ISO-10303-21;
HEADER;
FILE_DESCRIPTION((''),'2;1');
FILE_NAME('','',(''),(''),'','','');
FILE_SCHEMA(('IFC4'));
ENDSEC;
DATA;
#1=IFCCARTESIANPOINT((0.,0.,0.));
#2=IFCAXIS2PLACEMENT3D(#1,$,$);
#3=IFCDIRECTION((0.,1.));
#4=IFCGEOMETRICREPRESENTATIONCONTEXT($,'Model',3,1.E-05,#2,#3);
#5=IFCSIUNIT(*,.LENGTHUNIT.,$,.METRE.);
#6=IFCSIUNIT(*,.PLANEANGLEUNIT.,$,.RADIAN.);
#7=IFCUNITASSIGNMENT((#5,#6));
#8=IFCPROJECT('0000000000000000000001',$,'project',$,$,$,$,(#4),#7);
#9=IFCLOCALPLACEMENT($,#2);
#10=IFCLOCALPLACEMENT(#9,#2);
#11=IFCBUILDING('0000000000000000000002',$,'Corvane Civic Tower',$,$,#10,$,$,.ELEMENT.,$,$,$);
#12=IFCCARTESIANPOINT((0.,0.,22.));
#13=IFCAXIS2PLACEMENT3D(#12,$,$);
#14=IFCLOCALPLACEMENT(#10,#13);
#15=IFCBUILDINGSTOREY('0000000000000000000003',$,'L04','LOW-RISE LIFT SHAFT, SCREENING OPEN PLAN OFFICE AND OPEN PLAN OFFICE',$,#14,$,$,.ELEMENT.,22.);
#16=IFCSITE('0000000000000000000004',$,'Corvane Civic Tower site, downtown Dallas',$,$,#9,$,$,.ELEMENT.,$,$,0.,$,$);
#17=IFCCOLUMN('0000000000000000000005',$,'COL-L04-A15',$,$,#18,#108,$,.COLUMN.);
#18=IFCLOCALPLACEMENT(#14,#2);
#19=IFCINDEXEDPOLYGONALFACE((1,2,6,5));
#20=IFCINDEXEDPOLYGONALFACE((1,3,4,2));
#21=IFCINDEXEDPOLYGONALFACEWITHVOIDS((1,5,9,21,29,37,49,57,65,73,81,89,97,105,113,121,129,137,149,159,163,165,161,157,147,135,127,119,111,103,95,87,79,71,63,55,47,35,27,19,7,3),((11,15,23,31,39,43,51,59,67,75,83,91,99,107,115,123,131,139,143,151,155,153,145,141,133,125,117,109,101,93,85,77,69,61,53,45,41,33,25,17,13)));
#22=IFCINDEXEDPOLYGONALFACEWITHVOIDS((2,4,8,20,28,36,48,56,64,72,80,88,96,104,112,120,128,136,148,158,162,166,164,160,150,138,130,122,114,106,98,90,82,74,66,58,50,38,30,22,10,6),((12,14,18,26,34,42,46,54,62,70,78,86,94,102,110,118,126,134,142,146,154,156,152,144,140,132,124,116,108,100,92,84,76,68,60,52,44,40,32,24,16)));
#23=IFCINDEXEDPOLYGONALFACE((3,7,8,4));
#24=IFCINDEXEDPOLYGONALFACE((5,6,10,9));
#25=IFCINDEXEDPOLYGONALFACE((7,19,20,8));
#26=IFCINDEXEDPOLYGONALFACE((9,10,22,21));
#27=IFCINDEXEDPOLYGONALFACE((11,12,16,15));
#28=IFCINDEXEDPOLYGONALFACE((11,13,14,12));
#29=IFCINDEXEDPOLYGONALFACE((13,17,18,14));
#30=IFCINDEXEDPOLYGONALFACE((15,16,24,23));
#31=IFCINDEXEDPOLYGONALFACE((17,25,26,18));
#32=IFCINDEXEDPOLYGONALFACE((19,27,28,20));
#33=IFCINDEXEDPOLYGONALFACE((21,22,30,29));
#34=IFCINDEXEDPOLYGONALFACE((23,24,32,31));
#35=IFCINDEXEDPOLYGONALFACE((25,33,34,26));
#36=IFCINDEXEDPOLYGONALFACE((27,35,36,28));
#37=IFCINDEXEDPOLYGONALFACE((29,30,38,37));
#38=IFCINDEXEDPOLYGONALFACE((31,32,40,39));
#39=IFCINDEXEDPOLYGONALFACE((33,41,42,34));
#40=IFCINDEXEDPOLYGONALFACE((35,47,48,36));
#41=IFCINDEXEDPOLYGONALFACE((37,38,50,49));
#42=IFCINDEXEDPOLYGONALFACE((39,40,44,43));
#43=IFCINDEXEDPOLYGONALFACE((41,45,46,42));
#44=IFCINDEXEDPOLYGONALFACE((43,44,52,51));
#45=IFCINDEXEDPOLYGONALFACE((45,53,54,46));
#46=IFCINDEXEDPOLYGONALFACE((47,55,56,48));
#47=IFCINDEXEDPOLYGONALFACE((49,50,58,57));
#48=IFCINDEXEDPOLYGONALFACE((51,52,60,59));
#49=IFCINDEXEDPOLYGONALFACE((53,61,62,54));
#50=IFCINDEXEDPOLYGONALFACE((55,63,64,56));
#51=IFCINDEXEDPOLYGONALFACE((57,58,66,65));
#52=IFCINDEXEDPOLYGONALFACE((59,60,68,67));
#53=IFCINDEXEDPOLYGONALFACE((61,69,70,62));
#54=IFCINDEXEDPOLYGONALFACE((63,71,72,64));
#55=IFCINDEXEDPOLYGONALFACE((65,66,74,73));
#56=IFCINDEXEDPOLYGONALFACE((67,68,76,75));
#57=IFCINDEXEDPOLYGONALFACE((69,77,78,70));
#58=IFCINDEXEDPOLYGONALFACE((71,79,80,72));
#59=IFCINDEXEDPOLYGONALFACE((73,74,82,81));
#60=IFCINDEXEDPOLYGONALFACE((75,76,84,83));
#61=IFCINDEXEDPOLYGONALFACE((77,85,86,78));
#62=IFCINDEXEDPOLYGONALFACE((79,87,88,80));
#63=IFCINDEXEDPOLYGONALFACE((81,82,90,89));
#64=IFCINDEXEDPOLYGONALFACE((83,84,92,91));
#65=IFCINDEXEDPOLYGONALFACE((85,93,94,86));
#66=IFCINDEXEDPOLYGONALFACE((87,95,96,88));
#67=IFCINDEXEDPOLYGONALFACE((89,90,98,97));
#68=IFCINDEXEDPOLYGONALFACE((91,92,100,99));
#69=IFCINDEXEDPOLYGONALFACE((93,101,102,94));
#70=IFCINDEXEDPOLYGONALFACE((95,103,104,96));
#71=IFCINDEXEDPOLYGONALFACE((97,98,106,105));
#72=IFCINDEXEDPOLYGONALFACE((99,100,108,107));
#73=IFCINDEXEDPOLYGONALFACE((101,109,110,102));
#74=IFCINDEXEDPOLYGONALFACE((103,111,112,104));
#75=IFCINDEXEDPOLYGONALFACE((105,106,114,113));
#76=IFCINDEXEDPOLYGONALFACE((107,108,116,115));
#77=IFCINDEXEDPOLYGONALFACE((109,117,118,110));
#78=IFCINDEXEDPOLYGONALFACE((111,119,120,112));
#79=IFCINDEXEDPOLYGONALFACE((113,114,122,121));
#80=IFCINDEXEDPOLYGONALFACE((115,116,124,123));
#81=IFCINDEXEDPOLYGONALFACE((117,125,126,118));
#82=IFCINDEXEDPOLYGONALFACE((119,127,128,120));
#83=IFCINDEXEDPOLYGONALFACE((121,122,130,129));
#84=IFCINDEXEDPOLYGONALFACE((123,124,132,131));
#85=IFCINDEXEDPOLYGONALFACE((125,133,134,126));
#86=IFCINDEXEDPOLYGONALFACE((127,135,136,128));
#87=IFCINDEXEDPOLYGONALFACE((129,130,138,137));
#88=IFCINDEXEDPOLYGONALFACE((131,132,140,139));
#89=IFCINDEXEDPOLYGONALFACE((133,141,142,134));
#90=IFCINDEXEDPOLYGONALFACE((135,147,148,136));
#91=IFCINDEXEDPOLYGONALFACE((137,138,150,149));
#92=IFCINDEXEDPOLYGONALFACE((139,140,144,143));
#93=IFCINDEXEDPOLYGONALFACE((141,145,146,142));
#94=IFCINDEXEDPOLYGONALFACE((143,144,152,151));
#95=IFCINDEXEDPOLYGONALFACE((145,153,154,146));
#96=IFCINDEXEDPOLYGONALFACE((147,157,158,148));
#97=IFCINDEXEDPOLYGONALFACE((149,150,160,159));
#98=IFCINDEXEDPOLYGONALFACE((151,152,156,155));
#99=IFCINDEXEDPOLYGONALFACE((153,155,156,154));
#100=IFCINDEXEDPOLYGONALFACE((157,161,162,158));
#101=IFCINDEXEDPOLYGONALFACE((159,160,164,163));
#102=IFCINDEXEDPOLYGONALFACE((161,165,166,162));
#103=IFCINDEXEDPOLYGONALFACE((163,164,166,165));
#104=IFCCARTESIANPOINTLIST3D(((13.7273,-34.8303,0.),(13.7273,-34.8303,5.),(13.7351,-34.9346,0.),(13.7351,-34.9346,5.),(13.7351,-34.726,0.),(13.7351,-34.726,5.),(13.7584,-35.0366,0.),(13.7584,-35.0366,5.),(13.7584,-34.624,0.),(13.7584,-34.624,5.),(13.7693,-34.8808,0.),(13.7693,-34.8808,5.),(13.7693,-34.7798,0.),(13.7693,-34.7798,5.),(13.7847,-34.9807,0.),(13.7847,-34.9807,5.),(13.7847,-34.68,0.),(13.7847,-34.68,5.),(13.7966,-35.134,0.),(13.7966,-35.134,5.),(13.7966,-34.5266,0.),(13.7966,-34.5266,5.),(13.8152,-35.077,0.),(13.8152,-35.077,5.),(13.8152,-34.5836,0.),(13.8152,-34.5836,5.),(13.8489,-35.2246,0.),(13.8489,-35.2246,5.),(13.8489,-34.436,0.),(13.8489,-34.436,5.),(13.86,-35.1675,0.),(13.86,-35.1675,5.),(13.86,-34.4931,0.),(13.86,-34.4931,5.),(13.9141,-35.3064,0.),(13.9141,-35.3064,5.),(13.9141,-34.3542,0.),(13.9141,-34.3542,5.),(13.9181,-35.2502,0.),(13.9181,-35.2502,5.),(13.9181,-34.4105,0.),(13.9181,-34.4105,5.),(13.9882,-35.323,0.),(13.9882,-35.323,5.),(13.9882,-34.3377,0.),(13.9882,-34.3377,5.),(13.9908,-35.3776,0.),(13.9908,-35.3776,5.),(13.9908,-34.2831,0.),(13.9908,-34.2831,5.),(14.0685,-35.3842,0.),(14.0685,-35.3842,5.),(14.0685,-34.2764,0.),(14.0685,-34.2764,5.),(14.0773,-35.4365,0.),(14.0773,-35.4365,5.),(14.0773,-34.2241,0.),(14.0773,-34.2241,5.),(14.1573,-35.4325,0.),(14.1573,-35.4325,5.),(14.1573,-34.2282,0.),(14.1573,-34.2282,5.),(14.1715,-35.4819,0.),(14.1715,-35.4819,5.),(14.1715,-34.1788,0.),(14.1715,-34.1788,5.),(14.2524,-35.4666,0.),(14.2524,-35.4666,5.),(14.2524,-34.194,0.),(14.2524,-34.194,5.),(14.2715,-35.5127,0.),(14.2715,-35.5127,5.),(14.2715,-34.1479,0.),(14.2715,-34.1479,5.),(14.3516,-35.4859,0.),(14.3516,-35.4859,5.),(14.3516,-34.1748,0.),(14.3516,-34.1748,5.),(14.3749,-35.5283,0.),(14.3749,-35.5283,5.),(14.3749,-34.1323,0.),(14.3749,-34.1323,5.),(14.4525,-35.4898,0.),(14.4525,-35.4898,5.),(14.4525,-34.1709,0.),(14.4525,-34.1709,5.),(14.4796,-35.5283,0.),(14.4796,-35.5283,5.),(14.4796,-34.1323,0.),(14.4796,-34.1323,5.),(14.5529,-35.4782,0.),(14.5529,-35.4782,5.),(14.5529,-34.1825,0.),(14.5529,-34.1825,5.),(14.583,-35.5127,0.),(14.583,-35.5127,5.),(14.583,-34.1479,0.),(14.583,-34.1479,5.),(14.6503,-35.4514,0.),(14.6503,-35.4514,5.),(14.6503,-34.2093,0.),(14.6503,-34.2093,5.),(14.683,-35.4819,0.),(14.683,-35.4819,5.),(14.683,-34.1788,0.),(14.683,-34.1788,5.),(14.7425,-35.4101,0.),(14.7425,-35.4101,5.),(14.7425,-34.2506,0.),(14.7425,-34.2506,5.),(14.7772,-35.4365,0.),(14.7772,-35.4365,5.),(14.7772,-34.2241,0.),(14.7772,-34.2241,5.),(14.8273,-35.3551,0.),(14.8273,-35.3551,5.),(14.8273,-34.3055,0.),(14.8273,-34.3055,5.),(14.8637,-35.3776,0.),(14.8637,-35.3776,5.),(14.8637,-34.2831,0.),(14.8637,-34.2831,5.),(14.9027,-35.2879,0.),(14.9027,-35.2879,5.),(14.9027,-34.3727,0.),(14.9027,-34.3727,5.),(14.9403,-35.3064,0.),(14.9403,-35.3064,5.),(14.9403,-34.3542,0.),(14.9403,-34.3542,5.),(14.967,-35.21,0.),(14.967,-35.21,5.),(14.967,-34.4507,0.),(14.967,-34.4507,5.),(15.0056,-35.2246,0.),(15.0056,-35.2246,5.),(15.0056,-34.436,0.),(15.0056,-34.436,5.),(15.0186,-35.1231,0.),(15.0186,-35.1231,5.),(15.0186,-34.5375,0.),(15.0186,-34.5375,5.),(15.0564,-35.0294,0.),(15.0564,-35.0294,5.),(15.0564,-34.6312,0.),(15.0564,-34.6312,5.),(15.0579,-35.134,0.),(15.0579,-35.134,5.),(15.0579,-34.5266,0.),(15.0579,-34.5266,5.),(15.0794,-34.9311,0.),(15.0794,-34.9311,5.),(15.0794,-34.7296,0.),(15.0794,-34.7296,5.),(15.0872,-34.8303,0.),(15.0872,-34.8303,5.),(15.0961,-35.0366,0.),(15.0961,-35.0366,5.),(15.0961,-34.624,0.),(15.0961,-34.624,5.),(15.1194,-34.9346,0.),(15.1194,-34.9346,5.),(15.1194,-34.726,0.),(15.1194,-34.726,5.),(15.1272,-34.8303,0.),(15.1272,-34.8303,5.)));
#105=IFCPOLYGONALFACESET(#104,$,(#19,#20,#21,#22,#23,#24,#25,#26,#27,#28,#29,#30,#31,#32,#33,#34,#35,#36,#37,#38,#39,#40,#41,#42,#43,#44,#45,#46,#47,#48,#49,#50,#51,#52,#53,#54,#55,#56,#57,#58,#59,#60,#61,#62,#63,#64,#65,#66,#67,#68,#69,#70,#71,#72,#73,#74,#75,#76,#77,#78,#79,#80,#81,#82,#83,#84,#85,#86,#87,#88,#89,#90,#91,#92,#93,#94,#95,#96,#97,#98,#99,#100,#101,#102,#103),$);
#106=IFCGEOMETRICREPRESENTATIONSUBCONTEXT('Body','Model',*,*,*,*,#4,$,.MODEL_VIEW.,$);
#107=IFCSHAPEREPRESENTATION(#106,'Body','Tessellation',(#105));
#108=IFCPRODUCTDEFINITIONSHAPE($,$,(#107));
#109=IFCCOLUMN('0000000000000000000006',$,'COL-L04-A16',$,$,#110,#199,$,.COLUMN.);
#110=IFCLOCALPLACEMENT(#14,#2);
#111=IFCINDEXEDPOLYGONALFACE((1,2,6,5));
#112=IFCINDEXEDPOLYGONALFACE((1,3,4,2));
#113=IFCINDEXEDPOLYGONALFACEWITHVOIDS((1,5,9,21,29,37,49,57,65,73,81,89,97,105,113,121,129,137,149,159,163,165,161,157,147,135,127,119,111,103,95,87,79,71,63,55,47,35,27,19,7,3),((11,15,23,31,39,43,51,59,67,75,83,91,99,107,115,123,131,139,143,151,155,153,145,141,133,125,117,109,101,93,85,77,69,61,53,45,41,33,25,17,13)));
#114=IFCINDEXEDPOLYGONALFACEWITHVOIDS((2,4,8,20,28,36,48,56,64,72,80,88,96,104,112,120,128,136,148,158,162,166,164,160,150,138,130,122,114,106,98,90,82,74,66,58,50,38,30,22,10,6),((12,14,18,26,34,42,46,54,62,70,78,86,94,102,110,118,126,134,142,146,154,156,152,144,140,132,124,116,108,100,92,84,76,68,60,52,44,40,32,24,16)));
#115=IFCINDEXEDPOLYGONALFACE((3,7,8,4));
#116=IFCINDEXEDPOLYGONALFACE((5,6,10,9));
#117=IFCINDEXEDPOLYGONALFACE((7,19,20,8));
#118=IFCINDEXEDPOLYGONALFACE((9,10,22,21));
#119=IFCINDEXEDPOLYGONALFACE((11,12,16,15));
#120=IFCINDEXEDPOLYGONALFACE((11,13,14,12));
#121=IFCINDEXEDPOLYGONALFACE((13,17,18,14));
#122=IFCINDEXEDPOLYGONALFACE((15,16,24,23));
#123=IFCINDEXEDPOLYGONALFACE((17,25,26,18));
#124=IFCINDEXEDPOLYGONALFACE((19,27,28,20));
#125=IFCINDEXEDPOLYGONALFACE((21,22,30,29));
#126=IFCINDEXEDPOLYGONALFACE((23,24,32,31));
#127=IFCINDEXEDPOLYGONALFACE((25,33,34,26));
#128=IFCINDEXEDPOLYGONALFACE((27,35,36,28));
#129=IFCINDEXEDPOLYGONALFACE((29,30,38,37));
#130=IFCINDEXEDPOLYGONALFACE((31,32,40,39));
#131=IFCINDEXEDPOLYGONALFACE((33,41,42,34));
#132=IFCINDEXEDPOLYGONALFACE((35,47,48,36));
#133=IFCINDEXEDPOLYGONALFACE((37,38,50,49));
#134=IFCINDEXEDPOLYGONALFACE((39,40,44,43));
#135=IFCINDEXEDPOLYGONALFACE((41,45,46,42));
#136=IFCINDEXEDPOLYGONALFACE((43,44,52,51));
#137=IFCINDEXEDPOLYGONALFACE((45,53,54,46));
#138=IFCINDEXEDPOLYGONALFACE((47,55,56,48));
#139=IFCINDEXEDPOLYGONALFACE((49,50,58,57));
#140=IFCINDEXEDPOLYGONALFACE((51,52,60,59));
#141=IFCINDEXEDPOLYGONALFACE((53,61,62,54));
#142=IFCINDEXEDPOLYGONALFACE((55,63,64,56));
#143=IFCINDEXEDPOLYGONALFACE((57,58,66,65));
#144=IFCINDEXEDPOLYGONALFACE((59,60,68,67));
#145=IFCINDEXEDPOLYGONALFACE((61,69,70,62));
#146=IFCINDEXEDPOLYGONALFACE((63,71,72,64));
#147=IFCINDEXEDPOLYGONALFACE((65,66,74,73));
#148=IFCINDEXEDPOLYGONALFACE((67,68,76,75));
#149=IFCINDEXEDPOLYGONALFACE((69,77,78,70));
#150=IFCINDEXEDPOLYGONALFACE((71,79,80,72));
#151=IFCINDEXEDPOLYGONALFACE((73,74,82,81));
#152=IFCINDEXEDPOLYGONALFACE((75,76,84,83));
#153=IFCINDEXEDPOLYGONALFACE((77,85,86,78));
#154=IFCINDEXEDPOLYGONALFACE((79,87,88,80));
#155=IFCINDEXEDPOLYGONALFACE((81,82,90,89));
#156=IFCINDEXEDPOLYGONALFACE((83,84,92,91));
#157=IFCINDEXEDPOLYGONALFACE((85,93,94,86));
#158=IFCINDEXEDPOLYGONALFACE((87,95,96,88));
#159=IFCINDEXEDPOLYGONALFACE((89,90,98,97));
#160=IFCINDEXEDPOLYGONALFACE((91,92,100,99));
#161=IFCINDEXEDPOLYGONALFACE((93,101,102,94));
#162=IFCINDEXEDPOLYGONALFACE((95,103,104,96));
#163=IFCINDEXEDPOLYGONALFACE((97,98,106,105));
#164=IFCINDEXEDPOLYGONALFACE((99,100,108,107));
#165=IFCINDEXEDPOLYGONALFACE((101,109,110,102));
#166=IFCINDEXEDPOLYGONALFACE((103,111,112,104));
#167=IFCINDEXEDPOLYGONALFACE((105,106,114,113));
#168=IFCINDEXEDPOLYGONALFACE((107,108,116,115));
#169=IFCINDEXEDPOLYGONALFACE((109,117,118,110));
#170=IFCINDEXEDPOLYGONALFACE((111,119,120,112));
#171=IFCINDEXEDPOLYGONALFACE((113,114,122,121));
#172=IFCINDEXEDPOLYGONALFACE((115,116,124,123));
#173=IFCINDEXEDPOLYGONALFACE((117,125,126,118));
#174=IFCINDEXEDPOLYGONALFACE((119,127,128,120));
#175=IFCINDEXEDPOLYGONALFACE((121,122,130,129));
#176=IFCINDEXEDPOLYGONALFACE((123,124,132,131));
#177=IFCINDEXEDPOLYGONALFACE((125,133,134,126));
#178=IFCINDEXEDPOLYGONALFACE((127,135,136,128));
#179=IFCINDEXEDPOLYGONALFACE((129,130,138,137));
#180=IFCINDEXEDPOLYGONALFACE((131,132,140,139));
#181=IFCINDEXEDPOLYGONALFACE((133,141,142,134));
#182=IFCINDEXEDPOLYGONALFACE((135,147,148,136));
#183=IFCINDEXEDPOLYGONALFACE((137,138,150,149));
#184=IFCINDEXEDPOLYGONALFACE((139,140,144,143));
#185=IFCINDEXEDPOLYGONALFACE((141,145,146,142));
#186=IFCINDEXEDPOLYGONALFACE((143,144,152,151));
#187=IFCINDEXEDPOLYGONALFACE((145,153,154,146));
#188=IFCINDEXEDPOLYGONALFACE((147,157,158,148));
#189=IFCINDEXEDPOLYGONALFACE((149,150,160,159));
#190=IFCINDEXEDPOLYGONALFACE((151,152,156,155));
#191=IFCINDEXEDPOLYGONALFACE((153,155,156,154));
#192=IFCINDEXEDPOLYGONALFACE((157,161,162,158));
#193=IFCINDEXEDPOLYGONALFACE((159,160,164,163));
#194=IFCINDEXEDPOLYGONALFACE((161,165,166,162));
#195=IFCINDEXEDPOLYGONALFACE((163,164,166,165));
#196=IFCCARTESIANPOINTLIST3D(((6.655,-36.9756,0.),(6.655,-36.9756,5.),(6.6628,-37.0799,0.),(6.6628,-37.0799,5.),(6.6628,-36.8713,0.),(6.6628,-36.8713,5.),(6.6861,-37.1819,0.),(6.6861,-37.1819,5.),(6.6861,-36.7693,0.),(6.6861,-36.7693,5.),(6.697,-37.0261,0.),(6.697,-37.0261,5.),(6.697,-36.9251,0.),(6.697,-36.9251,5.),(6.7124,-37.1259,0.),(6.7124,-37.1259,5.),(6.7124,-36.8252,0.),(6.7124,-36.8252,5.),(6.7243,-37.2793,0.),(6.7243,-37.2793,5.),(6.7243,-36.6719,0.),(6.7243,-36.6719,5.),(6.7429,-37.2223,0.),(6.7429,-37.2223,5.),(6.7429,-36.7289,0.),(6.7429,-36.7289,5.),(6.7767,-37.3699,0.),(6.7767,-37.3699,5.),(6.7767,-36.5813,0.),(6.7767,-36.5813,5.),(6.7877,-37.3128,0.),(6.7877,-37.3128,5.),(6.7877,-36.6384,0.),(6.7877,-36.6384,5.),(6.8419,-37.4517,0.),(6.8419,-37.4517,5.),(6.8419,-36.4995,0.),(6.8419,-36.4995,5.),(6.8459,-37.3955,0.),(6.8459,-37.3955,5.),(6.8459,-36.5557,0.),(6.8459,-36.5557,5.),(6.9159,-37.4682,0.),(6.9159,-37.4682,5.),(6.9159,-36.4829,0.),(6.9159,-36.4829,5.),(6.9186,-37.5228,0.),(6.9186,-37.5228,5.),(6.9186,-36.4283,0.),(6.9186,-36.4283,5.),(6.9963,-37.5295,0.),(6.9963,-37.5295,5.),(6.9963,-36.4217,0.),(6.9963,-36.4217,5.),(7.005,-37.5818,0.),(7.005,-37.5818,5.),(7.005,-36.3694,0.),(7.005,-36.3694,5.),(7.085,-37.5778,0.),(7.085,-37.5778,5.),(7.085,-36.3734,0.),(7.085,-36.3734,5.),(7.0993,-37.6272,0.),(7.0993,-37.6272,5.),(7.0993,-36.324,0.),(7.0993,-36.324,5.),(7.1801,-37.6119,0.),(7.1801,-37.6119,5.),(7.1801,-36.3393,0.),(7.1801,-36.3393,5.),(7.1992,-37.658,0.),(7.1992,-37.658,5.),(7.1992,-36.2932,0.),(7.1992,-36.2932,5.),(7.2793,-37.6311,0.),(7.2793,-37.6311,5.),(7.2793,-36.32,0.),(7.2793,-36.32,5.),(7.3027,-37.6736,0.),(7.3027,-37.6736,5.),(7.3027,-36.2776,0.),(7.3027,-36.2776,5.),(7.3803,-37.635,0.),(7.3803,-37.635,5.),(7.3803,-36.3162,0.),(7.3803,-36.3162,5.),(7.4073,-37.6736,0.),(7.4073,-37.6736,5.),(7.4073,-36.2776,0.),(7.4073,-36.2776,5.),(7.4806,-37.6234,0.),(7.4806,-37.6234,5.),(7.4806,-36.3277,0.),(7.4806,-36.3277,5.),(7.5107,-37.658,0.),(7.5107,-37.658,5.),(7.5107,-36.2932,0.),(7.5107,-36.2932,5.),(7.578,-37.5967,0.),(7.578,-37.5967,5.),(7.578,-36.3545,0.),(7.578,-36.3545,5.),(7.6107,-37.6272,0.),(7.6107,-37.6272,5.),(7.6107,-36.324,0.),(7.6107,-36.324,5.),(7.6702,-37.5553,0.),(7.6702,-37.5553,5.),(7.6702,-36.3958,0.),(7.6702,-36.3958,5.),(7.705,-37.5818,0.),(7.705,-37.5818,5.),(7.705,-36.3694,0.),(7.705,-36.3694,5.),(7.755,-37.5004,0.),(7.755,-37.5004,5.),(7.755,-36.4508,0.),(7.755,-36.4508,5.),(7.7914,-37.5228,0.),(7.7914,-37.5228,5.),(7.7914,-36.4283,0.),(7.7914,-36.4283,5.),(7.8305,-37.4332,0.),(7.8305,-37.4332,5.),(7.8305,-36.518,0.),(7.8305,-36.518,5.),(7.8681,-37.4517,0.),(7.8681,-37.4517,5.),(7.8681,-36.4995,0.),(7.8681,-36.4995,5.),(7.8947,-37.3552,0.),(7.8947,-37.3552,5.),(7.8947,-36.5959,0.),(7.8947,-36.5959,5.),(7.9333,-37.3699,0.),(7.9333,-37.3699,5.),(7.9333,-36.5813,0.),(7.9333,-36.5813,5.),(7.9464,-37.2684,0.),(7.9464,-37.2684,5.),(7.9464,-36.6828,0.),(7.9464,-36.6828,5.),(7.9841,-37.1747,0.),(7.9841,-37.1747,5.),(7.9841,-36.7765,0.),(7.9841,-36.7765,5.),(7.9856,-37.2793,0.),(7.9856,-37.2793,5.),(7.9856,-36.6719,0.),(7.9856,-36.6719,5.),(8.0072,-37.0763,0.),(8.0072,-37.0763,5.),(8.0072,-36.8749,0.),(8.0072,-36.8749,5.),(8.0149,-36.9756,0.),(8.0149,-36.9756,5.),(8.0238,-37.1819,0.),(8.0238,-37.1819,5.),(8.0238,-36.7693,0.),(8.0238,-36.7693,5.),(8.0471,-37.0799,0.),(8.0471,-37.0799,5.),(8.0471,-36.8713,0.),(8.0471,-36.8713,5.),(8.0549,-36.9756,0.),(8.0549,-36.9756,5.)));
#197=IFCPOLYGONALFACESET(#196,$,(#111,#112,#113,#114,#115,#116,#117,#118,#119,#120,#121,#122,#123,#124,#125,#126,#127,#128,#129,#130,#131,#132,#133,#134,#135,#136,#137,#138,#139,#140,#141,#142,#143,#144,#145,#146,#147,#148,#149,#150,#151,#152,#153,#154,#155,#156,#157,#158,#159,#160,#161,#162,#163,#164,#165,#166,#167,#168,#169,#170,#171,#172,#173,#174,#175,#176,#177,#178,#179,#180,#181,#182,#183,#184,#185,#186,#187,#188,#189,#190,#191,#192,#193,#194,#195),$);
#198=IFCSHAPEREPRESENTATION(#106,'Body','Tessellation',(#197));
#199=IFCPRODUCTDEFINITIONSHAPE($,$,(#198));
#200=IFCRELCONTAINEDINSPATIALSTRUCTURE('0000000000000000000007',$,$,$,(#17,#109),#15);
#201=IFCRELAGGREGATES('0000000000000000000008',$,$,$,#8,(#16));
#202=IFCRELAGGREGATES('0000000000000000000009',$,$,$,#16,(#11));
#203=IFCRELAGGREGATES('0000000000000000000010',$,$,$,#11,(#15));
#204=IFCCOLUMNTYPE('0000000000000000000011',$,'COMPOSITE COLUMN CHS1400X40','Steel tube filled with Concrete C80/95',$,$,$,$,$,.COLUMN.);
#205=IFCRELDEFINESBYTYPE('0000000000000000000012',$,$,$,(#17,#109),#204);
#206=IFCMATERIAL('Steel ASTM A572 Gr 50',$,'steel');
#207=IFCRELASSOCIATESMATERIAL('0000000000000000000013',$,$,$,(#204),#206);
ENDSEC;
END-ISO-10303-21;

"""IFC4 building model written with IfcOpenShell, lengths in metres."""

from ifc_helpers import new_model, si_unit, direction, frame, origin, origin_2d, place, context, subcontext, project, spatial, hollow_circle, extrude, material, material_profile, profile_set, type_object, element, save


model = new_model("IFC4")

# Units and contexts
model_context = context("Model", 3, precision=1e-05, world=origin(), true_north=direction((0.0, 1.0)))
body_context = subcontext(model_context, "Body", "Model", "MODEL_VIEW")
ifc_project = project(units=[si_unit("LENGTHUNIT", "METRE"), si_unit("PLANEANGLEUNIT", "RADIAN")], contexts=[model_context])

# Site, building, storey
site_placement = place(None, origin())
site = spatial("IfcSite", under=ifc_project, at=site_placement, Name="Corvane Civic Tower site, downtown Dallas", CompositionType="ELEMENT", RefElevation=0.0)
building_placement = place(site_placement, origin())
building = spatial("IfcBuilding", under=site, at=building_placement, Name="Corvane Civic Tower", CompositionType="ELEMENT")
storey_placement = place(building_placement, frame((0.0, 0.0, 22.0)))
storey = spatial("IfcBuildingStorey", under=building, at=storey_placement, Name="L04", Description="LOW-RISE LIFT SHAFT, SCREENING OPEN PLAN OFFICE AND OPEN PLAN OFFICE", CompositionType="ELEMENT", Elevation=22.0)

# Columns
ifc_material_1 = material(Name="Steel ASTM A572 Gr 50", Category="steel")
ifc_material_profile_1 = material_profile(ifc_material_1, hollow_circle(Radius=0.7, WallThickness=0.04, at=origin_2d()), Name="CHS1400X40")
ifc_profile_set_1 = profile_set([ifc_material_profile_1], Name="Steel ASTM A572 Gr 50")
column_type_1 = type_object("IfcColumnType", Name="COMPOSITE COLUMN CHS1400X40", Description="Steel tube filled with Concrete C80/95", PredefinedType="COLUMN", material=ifc_profile_set_1)
for number, where, z_axis, x_axis, name in (
    (1, (14.4272, -34.8303, 0.0), (0.0, 0.0, 1.0), (1.0, 0.0, 0.0), "COL-L04-A15"),
    (2, (7.355, -36.9756, 0.0), (0.0, 0.0, 1.0), (1.0, 0.0, 0.0), "COL-L04-A16"),
):
    element("IfcColumn", number, at=place(storey_placement, frame(where, z_axis=z_axis, x_axis=x_axis)), inside=storey, type_object=column_type_1, Name=name, PredefinedType="COLUMN", context=body_context, shape_type="SweptSolid", body=[
        extrude(hollow_circle(Radius=0.7, WallThickness=0.04, at=origin_2d()), origin(), (0.0, 0.0, 1.0), 5.0),
    ])

save(model, "model.ifc")
